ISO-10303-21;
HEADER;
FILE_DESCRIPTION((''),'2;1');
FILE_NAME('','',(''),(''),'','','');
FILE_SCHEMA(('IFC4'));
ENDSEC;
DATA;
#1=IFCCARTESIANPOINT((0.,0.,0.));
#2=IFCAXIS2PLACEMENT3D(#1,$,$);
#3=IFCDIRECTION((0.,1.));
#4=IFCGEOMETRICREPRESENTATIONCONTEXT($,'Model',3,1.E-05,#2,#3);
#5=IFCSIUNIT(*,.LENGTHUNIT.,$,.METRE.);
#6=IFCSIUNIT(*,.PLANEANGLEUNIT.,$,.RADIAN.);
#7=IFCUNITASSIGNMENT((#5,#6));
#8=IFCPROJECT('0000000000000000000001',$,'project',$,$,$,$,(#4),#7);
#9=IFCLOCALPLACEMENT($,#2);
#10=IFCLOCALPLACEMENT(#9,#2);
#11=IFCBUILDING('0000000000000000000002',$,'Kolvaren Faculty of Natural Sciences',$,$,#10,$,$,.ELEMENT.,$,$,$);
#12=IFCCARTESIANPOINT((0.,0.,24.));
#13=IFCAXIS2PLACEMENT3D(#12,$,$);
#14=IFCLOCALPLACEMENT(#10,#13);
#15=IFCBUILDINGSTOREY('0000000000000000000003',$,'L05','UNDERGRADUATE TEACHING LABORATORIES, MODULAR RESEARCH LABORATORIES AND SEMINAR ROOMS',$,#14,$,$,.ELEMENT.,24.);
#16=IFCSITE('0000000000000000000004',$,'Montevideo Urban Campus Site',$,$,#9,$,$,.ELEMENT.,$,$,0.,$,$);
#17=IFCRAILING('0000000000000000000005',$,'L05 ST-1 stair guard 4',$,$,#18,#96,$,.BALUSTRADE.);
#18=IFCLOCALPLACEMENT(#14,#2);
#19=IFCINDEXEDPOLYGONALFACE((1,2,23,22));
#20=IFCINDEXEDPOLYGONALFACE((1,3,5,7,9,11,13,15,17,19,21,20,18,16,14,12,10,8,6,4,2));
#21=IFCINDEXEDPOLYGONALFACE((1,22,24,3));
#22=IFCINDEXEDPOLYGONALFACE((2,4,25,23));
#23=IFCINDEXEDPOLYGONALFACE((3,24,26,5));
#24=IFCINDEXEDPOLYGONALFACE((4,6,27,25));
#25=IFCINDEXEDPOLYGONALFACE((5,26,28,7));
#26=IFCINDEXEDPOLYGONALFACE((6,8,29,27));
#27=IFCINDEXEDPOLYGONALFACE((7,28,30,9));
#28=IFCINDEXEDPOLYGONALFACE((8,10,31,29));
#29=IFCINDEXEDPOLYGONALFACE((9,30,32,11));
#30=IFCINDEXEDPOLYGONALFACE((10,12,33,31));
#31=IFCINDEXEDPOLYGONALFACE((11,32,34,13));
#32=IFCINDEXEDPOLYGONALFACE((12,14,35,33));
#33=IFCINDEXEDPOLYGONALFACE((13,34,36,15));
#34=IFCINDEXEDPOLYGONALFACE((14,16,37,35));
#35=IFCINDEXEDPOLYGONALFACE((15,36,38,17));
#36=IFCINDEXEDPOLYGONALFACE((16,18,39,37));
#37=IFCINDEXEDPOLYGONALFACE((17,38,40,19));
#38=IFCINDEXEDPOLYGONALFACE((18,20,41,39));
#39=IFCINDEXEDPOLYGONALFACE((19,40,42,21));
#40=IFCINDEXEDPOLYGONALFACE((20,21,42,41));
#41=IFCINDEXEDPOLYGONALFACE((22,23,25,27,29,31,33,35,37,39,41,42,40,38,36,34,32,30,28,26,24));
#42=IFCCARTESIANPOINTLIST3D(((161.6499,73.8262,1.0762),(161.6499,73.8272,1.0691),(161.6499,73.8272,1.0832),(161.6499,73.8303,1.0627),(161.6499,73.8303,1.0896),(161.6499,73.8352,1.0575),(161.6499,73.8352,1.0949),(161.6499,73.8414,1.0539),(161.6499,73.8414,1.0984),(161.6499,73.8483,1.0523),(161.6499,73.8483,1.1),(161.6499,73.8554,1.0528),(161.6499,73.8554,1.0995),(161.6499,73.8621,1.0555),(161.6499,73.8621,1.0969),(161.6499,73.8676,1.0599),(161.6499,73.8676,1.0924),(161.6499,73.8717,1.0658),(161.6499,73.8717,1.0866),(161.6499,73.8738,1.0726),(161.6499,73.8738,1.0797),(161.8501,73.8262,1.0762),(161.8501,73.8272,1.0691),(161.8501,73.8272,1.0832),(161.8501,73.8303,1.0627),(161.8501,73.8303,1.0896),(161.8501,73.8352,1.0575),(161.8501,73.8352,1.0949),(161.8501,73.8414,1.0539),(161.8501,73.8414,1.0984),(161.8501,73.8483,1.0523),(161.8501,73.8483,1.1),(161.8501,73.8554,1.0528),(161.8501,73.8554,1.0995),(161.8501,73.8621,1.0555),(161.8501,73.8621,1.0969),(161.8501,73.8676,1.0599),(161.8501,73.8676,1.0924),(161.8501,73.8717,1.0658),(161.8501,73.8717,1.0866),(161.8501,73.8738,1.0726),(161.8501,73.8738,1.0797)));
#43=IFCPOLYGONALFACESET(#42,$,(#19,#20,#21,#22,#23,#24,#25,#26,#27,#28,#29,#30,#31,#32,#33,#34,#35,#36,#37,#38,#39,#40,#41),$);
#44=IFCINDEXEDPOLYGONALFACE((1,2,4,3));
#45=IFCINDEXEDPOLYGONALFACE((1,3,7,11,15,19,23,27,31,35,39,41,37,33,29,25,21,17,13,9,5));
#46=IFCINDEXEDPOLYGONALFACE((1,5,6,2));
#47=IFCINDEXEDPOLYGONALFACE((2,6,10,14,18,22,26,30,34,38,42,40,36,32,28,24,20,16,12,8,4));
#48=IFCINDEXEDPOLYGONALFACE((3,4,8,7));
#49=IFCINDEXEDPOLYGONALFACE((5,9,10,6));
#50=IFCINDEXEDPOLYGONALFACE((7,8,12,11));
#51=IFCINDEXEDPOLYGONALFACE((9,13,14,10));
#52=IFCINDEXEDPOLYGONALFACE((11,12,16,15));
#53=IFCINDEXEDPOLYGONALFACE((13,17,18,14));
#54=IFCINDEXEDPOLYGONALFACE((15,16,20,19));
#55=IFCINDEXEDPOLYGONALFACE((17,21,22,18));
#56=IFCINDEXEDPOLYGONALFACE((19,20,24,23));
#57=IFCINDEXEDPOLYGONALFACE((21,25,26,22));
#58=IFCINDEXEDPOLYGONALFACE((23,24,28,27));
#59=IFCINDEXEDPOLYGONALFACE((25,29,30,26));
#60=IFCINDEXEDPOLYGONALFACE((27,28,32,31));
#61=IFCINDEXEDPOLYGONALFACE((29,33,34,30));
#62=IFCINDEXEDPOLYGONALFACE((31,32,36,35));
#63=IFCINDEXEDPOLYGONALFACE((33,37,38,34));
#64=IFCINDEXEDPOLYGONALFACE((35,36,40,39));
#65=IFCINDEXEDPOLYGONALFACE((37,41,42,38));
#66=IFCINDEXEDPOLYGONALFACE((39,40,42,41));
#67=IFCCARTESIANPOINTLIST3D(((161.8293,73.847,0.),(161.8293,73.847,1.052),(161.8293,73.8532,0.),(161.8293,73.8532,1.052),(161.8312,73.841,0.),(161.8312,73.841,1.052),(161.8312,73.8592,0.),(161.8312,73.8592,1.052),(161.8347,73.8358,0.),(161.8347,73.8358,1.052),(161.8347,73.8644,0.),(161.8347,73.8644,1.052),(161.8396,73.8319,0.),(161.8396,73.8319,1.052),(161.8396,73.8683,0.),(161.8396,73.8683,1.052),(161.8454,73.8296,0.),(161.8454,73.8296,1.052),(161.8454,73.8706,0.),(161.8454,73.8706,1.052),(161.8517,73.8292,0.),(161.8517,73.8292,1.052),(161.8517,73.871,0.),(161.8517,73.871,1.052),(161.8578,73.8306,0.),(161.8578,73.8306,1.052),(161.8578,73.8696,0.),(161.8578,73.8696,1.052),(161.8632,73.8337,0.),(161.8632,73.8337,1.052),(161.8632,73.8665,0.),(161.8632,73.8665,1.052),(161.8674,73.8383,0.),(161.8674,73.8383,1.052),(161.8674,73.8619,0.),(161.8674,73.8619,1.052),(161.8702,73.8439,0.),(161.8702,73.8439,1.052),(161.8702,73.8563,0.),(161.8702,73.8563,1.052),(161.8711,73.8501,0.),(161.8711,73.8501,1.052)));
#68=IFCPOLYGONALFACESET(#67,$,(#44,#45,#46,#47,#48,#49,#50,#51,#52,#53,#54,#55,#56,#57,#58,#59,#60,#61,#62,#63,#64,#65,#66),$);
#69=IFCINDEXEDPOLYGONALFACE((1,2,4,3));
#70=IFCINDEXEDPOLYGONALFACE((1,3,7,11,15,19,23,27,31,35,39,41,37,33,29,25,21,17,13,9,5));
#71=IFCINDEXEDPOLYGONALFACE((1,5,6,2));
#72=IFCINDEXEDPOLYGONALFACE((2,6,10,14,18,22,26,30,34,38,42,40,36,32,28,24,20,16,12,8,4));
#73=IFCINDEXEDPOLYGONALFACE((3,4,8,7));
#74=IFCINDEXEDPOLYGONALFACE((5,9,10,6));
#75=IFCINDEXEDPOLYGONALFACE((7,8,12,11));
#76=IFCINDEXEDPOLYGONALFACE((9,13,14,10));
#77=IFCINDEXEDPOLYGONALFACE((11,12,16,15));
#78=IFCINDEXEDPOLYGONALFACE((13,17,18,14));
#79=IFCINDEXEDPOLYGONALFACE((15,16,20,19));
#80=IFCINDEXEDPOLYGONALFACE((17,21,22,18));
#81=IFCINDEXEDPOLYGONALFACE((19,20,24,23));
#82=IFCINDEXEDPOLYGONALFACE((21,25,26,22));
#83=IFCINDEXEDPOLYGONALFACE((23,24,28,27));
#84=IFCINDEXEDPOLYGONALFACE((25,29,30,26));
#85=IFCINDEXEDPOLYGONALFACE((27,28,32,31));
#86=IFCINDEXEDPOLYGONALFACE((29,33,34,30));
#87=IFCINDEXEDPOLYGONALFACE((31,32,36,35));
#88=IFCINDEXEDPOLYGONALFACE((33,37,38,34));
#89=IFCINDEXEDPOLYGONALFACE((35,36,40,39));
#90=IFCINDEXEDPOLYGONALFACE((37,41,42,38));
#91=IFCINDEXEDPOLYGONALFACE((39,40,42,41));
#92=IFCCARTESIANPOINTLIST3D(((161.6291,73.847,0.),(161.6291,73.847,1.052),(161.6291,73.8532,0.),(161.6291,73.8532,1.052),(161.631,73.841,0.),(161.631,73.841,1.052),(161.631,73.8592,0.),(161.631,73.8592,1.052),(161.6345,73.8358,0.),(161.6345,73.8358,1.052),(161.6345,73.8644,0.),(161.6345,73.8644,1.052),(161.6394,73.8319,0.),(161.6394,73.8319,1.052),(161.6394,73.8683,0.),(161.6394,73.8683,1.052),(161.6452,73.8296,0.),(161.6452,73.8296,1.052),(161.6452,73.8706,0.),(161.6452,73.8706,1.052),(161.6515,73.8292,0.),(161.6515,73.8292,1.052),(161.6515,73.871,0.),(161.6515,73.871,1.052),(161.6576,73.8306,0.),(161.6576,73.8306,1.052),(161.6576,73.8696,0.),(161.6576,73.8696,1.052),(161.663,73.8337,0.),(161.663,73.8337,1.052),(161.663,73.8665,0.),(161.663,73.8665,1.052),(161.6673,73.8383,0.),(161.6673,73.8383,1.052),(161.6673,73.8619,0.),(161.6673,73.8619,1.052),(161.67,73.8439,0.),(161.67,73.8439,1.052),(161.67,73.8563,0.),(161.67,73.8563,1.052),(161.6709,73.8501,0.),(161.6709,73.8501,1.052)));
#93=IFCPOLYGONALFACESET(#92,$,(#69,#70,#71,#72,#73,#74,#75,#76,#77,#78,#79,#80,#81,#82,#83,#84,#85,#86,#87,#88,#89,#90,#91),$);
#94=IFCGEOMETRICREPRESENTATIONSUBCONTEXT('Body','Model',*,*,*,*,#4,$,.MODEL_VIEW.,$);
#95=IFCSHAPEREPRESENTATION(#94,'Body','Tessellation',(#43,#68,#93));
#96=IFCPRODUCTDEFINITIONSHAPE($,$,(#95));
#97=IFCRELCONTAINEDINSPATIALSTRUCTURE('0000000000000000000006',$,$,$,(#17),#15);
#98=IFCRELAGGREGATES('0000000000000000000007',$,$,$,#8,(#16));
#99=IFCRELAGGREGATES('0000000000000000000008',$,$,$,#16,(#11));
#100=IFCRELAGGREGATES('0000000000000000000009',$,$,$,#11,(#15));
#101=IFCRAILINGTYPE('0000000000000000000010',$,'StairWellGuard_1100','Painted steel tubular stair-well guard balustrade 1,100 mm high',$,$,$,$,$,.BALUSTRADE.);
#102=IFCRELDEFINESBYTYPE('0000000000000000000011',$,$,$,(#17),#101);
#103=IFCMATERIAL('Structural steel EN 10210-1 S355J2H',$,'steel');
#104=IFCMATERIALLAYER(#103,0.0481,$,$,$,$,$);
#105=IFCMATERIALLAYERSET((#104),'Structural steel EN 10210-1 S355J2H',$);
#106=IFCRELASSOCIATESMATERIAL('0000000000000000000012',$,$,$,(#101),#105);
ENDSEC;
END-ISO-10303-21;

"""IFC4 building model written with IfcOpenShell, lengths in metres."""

from ifc_helpers import new_model, si_unit, direction, frame, origin, origin_2d, place, context, subcontext, project, spatial, circle, extrude, material, layer, layer_set, type_object, element, save


model = new_model("IFC4")

# Units and contexts
model_context = context("Model", 3, precision=1e-05, world=origin(), true_north=direction((0.0, 1.0)))
body_context = subcontext(model_context, "Body", "Model", "MODEL_VIEW")
ifc_project = project(units=[si_unit("LENGTHUNIT", "METRE"), si_unit("PLANEANGLEUNIT", "RADIAN")], contexts=[model_context])

# Site, building, storey
site_placement = place(None, origin())
site = spatial("IfcSite", under=ifc_project, at=site_placement, Name="Montevideo Urban Campus Site", CompositionType="ELEMENT", RefElevation=0.0)
building_placement = place(site_placement, origin())
building = spatial("IfcBuilding", under=site, at=building_placement, Name="Kolvaren Faculty of Natural Sciences", CompositionType="ELEMENT")
storey_placement = place(building_placement, frame((0.0, 0.0, 24.0)))
storey = spatial("IfcBuildingStorey", under=building, at=storey_placement, Name="L05", Description="UNDERGRADUATE TEACHING LABORATORIES, MODULAR RESEARCH LABORATORIES AND SEMINAR ROOMS", CompositionType="ELEMENT", Elevation=24.0)

# Railing
ifc_material_1 = material(Name="Structural steel EN 10210-1 S355J2H", Category="steel")
ifc_layer_1 = layer(ifc_material_1, 0.0481)
ifc_layer_set_1 = layer_set([ifc_layer_1], Name="Structural steel EN 10210-1 S355J2H")
railing_type_1 = type_object("IfcRailingType", Name="StairWellGuard_1100", Description="Painted steel tubular stair-well guard balustrade 1,100 mm high", PredefinedType="BALUSTRADE", material=ifc_layer_set_1)
railing_1_placement = place(storey_placement, frame((161.8501, 73.8501, 0.0)))
element("IfcRailing", 1, at=railing_1_placement, inside=storey, type_object=railing_type_1, Name="L05 ST-1 stair guard 4", PredefinedType="BALUSTRADE", context=body_context, shape_type="SweptSolid", body=[
    extrude(circle(Radius=0.0239, at=origin_2d()), frame((0.0, 0.0, 1.0762), z_axis=(-1.0, 0.0, 0.0), x_axis=(0.0, -1.0, 0.0)), (0.0, 0.0, 1.0), 0.2002),
    extrude(circle(Radius=0.021, at=origin_2d()), origin(), (0.0, 0.0, 1.0), 1.052),
    extrude(circle(Radius=0.021, at=origin_2d()), frame((-0.2002, 0.0, 0.0)), (0.0, 0.0, 1.0), 1.052),
])

save(model, "model.ifc")
